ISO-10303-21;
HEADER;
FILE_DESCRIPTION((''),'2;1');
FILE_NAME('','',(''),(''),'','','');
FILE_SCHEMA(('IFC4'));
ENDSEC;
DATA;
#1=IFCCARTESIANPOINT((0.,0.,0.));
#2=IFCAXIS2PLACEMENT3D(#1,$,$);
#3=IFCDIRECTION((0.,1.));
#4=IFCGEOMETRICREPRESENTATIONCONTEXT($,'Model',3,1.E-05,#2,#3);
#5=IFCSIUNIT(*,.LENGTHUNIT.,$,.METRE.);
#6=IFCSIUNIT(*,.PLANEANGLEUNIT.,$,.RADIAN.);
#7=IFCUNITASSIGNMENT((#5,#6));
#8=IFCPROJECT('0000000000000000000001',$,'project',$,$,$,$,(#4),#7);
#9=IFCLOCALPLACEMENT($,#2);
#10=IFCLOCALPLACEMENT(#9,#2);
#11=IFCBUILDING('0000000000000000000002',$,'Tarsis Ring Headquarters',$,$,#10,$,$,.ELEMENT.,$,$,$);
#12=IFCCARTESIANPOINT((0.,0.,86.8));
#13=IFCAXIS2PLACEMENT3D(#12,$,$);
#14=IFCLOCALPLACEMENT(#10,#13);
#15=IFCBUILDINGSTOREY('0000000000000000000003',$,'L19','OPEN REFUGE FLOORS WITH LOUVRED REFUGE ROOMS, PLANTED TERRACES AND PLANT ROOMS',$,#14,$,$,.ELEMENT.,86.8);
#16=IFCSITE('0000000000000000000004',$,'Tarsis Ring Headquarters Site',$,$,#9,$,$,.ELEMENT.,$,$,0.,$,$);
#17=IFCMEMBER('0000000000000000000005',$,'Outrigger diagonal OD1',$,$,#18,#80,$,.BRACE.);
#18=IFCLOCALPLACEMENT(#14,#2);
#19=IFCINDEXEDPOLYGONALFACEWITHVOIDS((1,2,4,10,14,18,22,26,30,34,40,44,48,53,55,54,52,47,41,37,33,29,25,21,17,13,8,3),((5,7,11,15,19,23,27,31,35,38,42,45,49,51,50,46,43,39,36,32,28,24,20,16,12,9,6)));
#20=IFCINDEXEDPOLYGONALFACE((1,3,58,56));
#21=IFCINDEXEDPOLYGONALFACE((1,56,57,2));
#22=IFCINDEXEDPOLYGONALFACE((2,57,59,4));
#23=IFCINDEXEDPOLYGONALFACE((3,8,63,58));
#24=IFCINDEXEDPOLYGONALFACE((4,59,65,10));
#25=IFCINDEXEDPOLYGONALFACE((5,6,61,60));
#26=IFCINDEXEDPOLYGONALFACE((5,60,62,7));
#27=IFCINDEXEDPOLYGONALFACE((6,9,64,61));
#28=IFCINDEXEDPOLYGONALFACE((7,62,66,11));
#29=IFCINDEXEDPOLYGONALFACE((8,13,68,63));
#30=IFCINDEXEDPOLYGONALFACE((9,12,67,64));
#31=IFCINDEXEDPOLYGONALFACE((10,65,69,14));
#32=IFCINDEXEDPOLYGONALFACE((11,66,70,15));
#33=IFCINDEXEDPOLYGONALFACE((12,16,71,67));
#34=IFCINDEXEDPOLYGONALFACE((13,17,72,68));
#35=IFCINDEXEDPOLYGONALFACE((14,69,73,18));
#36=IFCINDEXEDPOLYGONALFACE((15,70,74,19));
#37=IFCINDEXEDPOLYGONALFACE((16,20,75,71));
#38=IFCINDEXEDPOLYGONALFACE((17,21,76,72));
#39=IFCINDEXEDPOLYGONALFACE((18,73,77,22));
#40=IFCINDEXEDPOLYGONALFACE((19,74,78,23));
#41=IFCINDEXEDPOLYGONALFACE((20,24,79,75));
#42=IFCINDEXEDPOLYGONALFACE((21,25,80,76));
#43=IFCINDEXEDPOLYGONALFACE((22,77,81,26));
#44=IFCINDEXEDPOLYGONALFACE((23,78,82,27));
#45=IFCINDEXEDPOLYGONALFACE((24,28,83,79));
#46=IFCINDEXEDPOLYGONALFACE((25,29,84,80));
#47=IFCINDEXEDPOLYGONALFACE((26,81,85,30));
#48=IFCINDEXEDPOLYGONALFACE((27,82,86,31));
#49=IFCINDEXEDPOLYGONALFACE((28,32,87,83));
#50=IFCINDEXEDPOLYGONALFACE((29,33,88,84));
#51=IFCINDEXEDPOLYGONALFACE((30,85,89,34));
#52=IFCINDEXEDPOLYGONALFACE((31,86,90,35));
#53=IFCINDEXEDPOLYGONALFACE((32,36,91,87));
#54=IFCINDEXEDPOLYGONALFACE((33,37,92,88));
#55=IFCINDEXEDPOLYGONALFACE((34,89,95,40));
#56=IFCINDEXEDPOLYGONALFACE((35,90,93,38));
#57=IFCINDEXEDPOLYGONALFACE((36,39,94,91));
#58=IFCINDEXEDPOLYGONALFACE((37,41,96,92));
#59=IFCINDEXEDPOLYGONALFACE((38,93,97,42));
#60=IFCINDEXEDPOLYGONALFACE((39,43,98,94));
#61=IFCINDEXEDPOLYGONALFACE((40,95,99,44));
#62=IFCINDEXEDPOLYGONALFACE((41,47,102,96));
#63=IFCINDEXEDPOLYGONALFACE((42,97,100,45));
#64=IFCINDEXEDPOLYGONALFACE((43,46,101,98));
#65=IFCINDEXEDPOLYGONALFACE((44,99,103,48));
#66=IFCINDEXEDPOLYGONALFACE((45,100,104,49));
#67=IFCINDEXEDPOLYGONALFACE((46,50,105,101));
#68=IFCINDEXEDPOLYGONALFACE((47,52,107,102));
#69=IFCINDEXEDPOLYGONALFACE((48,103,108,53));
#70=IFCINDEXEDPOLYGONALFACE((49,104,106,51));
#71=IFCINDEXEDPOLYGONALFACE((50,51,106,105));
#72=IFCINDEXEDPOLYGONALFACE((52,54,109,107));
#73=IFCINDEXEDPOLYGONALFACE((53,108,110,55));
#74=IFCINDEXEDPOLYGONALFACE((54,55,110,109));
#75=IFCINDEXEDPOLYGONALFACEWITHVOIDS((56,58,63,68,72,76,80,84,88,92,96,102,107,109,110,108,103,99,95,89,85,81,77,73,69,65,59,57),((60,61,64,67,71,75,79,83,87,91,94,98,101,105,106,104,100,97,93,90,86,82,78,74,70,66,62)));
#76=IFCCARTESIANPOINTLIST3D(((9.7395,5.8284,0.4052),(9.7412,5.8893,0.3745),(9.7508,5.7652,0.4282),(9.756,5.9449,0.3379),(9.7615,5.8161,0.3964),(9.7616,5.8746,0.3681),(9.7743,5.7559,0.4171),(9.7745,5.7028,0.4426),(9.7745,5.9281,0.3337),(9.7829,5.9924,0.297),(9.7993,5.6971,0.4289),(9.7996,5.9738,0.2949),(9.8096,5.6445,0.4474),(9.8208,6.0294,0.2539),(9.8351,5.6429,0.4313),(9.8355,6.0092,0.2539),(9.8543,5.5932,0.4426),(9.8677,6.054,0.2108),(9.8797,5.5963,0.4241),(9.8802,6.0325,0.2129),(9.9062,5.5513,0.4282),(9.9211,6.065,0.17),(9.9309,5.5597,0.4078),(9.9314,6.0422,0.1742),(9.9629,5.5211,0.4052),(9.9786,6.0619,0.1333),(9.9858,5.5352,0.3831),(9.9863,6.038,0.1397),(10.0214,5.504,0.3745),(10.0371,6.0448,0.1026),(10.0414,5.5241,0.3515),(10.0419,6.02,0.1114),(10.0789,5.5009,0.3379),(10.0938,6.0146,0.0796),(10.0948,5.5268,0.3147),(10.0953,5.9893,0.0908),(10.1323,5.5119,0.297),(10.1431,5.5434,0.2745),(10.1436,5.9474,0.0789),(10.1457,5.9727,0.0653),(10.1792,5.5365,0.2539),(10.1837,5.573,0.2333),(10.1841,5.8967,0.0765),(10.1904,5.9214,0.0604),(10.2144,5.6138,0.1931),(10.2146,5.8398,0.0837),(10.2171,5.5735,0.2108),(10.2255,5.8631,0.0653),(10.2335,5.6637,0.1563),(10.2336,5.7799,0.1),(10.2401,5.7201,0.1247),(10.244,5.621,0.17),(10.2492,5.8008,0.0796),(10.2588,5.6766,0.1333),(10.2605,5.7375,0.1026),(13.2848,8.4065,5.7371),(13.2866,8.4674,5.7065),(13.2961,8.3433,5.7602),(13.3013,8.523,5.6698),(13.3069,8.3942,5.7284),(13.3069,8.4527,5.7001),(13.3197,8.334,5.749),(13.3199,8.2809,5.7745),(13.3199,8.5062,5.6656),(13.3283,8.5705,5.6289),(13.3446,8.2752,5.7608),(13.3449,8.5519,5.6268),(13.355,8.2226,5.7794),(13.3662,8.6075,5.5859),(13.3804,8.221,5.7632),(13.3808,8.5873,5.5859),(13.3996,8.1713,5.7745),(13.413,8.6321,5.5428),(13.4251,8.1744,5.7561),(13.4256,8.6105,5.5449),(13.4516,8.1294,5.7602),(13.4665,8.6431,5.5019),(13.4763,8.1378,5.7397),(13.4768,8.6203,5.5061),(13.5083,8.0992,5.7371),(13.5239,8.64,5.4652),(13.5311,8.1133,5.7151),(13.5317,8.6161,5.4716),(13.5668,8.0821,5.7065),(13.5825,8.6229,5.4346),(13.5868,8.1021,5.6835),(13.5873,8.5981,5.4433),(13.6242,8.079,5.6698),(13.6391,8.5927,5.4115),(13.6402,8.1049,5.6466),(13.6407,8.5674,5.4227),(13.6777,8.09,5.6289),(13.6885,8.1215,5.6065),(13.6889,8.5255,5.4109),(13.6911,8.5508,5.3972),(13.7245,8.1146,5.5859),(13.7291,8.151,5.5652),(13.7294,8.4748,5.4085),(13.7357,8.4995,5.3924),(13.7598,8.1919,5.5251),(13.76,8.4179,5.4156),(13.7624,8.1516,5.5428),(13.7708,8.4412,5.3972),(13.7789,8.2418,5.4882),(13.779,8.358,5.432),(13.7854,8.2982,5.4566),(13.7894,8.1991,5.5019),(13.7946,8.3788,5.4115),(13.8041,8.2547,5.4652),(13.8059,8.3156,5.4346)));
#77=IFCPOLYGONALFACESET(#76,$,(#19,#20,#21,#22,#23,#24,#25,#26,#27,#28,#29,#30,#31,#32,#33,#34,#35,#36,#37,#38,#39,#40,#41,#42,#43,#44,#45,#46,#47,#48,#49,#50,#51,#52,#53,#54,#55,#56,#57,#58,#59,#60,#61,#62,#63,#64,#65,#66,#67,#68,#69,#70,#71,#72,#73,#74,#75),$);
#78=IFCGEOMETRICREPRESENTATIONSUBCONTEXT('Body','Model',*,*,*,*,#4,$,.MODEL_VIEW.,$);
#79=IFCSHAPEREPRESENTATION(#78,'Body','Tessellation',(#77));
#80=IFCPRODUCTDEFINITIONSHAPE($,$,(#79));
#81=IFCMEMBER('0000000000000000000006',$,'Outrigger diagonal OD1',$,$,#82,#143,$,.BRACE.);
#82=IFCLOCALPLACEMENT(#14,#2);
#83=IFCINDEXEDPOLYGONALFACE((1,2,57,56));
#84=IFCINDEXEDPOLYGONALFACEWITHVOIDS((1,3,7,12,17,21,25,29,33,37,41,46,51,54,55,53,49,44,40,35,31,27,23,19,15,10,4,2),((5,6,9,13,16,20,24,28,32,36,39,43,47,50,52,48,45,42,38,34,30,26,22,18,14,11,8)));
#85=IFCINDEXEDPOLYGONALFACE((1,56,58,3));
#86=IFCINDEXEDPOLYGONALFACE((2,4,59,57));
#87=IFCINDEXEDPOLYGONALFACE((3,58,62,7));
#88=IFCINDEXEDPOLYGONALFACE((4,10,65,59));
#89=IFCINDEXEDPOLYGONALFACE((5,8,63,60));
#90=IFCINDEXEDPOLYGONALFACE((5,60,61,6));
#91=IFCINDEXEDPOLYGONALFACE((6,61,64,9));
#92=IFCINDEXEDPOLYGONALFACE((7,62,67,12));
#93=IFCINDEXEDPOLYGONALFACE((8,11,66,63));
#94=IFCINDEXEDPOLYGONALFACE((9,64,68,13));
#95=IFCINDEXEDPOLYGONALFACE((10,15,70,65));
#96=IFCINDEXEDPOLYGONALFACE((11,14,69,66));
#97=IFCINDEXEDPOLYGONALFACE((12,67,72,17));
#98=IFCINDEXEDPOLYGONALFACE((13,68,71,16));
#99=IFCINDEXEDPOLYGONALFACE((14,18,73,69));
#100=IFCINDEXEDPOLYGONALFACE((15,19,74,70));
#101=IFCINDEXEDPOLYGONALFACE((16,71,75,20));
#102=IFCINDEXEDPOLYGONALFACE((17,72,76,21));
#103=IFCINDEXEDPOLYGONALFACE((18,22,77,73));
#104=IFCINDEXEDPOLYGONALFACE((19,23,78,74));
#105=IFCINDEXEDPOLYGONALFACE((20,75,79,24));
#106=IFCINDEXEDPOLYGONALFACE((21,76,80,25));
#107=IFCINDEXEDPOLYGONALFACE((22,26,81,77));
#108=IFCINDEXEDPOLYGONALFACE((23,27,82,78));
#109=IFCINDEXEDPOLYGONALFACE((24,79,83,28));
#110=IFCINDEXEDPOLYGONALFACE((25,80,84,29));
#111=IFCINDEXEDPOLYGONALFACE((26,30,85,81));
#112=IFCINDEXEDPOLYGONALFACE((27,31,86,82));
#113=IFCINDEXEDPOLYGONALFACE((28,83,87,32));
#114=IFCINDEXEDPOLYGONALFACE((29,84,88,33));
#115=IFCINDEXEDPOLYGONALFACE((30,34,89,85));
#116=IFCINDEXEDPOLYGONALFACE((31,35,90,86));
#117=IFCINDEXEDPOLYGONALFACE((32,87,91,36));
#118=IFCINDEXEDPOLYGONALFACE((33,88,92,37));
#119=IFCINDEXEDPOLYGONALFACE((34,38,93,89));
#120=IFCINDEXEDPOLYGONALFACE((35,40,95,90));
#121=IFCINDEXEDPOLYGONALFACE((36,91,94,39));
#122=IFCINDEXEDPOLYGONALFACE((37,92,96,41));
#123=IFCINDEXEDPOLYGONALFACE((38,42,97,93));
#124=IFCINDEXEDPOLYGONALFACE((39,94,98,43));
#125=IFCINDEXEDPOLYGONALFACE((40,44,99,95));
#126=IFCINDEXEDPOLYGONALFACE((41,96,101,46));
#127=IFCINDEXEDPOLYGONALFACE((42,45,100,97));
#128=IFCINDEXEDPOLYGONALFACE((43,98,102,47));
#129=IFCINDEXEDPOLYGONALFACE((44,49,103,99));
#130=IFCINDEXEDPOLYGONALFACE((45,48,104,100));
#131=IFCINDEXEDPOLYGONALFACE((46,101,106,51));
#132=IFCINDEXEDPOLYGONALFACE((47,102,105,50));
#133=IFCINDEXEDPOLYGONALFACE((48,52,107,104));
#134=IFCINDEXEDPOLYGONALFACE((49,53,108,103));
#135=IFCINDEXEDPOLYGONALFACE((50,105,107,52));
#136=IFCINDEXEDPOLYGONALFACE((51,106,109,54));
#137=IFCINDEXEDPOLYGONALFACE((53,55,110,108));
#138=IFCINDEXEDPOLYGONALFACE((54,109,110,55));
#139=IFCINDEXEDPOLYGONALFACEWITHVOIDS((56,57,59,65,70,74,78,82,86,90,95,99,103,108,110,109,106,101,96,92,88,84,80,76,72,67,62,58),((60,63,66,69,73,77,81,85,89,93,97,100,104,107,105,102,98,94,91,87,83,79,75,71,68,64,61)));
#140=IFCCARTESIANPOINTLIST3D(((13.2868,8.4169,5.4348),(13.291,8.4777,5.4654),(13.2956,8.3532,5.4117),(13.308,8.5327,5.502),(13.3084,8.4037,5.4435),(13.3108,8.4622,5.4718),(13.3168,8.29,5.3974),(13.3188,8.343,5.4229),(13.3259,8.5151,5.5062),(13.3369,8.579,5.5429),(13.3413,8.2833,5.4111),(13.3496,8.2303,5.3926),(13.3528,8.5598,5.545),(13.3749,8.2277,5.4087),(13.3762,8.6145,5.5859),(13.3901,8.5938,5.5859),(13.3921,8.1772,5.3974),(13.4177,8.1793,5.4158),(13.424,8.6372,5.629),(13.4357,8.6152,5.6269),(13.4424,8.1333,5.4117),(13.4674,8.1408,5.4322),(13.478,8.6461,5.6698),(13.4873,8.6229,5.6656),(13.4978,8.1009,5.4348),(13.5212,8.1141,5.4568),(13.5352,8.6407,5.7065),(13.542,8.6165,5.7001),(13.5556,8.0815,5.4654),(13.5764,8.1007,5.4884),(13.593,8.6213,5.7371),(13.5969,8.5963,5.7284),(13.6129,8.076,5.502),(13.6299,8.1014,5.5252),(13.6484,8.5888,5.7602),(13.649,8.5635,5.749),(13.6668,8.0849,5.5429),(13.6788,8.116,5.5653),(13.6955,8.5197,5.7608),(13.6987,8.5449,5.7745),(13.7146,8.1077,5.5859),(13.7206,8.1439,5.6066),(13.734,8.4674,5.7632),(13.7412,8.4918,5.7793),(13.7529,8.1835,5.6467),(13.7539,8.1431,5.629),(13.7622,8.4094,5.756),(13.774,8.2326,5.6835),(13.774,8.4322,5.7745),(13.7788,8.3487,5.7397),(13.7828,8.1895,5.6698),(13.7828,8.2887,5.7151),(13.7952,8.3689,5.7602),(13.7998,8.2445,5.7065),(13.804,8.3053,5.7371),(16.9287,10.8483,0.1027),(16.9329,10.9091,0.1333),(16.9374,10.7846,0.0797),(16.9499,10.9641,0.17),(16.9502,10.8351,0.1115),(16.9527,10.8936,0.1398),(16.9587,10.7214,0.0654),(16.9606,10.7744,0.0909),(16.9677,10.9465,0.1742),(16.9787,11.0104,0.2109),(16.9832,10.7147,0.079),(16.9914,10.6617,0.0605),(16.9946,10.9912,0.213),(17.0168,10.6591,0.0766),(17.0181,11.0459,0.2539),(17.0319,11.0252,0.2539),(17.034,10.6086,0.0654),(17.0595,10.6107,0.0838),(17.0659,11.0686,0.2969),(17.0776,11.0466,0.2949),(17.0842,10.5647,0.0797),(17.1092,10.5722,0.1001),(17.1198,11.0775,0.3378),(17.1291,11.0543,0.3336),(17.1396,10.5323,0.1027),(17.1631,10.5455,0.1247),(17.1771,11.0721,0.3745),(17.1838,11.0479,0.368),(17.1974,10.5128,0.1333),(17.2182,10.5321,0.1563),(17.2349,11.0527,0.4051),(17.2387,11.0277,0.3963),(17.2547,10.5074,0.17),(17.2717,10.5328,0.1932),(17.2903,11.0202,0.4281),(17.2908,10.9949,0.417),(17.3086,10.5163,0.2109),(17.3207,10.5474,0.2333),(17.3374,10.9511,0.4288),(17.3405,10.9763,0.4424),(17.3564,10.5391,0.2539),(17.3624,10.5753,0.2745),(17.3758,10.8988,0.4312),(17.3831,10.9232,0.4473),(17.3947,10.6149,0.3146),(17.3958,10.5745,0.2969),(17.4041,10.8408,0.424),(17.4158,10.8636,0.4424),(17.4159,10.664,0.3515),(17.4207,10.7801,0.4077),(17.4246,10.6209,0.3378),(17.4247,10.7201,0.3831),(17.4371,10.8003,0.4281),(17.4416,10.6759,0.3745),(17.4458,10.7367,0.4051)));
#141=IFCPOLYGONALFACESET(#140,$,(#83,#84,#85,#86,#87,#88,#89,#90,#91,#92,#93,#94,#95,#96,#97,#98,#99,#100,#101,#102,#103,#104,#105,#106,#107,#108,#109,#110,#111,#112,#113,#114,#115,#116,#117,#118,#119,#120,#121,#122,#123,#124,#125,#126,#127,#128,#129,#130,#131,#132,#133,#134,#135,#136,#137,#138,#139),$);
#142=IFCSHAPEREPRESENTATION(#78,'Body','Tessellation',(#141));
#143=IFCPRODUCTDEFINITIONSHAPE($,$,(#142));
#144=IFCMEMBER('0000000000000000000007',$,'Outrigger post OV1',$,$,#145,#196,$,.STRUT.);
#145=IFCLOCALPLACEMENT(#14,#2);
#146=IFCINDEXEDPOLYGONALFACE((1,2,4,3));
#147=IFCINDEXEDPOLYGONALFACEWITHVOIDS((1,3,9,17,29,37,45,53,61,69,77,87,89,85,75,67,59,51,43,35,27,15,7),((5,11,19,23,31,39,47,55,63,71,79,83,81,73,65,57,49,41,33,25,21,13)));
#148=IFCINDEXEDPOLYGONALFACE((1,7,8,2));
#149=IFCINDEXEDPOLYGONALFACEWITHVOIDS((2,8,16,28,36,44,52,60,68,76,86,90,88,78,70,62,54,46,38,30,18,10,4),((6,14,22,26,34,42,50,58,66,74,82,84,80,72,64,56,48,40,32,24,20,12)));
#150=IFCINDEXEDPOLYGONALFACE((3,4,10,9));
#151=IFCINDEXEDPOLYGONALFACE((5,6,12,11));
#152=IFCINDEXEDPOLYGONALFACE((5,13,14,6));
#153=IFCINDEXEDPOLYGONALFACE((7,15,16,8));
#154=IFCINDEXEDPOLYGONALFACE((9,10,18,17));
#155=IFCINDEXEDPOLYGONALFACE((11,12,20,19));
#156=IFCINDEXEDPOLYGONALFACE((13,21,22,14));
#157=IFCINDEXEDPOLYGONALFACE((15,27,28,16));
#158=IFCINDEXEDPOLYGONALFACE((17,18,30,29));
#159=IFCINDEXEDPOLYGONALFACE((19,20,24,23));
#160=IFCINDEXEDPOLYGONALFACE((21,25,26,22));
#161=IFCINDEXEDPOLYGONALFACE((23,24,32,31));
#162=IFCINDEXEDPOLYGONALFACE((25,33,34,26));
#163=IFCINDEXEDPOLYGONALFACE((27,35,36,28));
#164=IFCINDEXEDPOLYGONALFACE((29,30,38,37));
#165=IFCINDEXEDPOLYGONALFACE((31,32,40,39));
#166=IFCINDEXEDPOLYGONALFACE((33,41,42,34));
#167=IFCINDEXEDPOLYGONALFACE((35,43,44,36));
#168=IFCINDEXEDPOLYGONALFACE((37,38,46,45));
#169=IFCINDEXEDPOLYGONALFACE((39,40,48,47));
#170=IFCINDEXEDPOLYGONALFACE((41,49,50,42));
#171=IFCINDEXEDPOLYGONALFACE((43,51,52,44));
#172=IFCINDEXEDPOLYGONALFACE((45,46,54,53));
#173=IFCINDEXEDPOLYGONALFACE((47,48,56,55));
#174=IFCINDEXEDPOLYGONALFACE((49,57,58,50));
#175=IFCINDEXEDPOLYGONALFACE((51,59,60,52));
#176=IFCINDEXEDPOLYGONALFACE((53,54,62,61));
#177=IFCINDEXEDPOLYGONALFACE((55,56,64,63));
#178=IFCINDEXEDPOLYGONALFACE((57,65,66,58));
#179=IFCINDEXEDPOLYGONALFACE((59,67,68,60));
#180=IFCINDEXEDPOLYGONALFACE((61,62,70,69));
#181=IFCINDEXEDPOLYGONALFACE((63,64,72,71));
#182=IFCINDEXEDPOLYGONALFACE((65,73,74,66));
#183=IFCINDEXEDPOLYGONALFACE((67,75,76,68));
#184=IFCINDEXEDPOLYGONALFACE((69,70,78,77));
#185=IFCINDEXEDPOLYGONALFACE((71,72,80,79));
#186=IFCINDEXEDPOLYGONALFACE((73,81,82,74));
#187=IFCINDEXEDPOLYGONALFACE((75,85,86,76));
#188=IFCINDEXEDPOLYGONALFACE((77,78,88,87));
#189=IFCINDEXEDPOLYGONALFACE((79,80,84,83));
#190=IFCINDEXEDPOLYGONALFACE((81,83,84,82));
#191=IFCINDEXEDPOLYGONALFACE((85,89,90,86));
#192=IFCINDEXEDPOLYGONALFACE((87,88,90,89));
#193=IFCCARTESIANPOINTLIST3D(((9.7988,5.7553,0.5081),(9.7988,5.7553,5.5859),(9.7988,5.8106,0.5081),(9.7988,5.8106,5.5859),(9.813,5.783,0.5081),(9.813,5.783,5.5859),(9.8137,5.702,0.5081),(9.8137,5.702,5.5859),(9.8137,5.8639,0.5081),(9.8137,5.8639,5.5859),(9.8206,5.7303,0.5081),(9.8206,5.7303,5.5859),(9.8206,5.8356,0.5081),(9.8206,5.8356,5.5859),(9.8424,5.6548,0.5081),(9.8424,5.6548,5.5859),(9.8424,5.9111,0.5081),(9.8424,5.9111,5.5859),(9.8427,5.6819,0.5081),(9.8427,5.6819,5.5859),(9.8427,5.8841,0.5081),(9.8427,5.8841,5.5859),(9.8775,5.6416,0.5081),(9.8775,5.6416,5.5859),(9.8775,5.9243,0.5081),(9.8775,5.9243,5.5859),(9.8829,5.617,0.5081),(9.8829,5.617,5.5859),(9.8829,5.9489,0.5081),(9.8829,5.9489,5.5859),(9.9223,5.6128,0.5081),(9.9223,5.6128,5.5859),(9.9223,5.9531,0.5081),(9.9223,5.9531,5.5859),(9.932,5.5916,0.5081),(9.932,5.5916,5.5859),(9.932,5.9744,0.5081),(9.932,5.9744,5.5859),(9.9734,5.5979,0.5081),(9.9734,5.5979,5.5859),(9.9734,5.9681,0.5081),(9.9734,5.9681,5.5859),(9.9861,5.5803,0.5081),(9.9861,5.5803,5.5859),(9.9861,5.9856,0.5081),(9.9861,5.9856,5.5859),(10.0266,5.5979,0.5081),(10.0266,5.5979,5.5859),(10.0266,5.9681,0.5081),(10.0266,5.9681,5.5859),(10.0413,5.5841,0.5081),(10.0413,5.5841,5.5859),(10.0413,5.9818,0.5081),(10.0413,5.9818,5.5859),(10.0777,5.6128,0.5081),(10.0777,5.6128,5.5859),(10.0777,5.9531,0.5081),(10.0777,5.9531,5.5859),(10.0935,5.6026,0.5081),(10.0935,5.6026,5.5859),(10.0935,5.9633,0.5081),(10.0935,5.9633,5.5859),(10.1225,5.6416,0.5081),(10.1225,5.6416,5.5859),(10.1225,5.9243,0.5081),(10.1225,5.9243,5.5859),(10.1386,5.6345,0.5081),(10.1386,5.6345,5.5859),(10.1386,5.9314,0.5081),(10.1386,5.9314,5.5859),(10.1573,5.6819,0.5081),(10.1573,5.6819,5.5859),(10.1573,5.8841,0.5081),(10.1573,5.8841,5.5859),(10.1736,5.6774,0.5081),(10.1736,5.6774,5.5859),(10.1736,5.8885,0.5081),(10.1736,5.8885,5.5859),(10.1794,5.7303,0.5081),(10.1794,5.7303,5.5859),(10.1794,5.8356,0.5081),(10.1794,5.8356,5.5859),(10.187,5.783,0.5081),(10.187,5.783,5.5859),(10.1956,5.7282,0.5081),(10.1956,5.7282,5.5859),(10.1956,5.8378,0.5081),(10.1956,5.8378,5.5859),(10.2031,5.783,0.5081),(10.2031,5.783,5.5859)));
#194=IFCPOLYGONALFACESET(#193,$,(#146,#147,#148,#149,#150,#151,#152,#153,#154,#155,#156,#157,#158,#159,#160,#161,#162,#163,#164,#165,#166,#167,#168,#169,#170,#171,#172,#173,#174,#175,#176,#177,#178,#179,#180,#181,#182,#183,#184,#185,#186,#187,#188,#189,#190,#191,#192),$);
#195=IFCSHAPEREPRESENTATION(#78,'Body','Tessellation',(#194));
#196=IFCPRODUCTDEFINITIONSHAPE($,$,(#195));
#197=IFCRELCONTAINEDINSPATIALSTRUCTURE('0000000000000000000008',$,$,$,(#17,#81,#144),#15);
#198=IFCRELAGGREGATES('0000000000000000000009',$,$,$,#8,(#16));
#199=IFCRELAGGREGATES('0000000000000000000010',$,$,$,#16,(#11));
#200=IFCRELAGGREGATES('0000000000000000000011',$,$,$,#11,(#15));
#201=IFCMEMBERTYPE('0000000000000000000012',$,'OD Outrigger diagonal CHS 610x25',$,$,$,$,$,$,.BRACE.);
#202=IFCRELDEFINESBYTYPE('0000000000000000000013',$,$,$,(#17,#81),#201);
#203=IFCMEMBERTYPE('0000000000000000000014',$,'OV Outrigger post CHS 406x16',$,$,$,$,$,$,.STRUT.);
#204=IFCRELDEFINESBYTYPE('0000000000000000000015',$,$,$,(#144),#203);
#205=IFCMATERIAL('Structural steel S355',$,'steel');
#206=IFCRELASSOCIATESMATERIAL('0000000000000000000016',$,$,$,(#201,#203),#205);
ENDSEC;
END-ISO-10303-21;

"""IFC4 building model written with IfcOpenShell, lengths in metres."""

from ifc_helpers import new_model, si_unit, direction, frame, origin, origin_2d, place, context, subcontext, project, spatial, hollow_circle, extrude, material, material_profile, profile_set, type_object, element, save


model = new_model("IFC4")

# Units and contexts
model_context = context("Model", 3, precision=1e-05, world=origin(), true_north=direction((0.0, 1.0)))
body_context = subcontext(model_context, "Body", "Model", "MODEL_VIEW")
ifc_project = project(units=[si_unit("LENGTHUNIT", "METRE"), si_unit("PLANEANGLEUNIT", "RADIAN")], contexts=[model_context])

# Site, building, storey
site_placement = place(None, origin())
site = spatial("IfcSite", under=ifc_project, at=site_placement, Name="Tarsis Ring Headquarters Site", CompositionType="ELEMENT", RefElevation=0.0)
building_placement = place(site_placement, origin())
building = spatial("IfcBuilding", under=site, at=building_placement, Name="Tarsis Ring Headquarters", CompositionType="ELEMENT")
storey_placement = place(building_placement, frame((0.0, 0.0, 86.8)))
storey = spatial("IfcBuildingStorey", under=building, at=storey_placement, Name="L19", Description="OPEN REFUGE FLOORS WITH LOUVRED REFUGE ROOMS, PLANTED TERRACES AND PLANT ROOMS", CompositionType="ELEMENT", Elevation=86.8)

# Shared definitions
ifc_material_1 = material(Name="Structural steel S355", Category="steel")

# Members
ifc_material_profile_1 = material_profile(ifc_material_1, hollow_circle(Radius=0.3047, WallThickness=0.0249, at=origin_2d()), Name="CHS 610x25")
ifc_profile_set_1 = profile_set([ifc_material_profile_1], Name="Structural steel S355")
member_type_1 = type_object("IfcMemberType", Name="OD Outrigger diagonal CHS 610x25", PredefinedType="BRACE", material=ifc_profile_set_1)
member_1_placement = place(storey_placement, frame((10.0, 5.783, 0.2539), z_axis=(0.513627, 0.373495, 0.772456), x_axis=(-0.588119, 0.808775, 0.0)))
element("IfcMember", 1, at=member_1_placement, inside=storey, type_object=member_type_1, Name="Outrigger diagonal OD1", PredefinedType="BRACE", context=body_context, shape_type="SweptSolid", body=[
    extrude(hollow_circle(Radius=0.3047, WallThickness=0.0249, at=origin_2d()), origin(), (0.0, 0.0, 1.0), 6.9026),
])
member_2_placement = place(storey_placement, frame((13.5454, 8.3611, 5.5859), z_axis=(0.52783, 0.352394, -0.772796), x_axis=(-0.555253, 0.831681, 0.0)))
element("IfcMember", 2, at=member_2_placement, inside=storey, type_object=member_type_1, Name="Outrigger diagonal OD1", PredefinedType="BRACE", context=body_context, shape_type="SweptSolid", body=[
    extrude(hollow_circle(Radius=0.3047, WallThickness=0.0249, at=origin_2d()), origin(), (0.0, 0.0, 1.0), 6.8997),
])
ifc_material_profile_2 = material_profile(ifc_material_1, hollow_circle(Radius=0.2031, WallThickness=0.0161, at=origin_2d()), Name="CHS 406x16")
ifc_profile_set_2 = profile_set([ifc_material_profile_2], Name="Structural steel S355")
member_type_2 = type_object("IfcMemberType", Name="OV Outrigger post CHS 406x16", PredefinedType="STRUT", material=ifc_profile_set_2)
member_3_placement = place(storey_placement, frame((10.0, 5.783, 0.5081), z_axis=(0.0, 0.0, 1.0), x_axis=(1.0, 0.0, 0.0)))
element("IfcMember", 3, at=member_3_placement, inside=storey, type_object=member_type_2, Name="Outrigger post OV1", PredefinedType="STRUT", context=body_context, shape_type="SweptSolid", body=[
    extrude(hollow_circle(Radius=0.2031, WallThickness=0.0161, at=origin_2d()), origin(), (0.0, 0.0, 1.0), 5.0779),
])

save(model, "model.ifc")
